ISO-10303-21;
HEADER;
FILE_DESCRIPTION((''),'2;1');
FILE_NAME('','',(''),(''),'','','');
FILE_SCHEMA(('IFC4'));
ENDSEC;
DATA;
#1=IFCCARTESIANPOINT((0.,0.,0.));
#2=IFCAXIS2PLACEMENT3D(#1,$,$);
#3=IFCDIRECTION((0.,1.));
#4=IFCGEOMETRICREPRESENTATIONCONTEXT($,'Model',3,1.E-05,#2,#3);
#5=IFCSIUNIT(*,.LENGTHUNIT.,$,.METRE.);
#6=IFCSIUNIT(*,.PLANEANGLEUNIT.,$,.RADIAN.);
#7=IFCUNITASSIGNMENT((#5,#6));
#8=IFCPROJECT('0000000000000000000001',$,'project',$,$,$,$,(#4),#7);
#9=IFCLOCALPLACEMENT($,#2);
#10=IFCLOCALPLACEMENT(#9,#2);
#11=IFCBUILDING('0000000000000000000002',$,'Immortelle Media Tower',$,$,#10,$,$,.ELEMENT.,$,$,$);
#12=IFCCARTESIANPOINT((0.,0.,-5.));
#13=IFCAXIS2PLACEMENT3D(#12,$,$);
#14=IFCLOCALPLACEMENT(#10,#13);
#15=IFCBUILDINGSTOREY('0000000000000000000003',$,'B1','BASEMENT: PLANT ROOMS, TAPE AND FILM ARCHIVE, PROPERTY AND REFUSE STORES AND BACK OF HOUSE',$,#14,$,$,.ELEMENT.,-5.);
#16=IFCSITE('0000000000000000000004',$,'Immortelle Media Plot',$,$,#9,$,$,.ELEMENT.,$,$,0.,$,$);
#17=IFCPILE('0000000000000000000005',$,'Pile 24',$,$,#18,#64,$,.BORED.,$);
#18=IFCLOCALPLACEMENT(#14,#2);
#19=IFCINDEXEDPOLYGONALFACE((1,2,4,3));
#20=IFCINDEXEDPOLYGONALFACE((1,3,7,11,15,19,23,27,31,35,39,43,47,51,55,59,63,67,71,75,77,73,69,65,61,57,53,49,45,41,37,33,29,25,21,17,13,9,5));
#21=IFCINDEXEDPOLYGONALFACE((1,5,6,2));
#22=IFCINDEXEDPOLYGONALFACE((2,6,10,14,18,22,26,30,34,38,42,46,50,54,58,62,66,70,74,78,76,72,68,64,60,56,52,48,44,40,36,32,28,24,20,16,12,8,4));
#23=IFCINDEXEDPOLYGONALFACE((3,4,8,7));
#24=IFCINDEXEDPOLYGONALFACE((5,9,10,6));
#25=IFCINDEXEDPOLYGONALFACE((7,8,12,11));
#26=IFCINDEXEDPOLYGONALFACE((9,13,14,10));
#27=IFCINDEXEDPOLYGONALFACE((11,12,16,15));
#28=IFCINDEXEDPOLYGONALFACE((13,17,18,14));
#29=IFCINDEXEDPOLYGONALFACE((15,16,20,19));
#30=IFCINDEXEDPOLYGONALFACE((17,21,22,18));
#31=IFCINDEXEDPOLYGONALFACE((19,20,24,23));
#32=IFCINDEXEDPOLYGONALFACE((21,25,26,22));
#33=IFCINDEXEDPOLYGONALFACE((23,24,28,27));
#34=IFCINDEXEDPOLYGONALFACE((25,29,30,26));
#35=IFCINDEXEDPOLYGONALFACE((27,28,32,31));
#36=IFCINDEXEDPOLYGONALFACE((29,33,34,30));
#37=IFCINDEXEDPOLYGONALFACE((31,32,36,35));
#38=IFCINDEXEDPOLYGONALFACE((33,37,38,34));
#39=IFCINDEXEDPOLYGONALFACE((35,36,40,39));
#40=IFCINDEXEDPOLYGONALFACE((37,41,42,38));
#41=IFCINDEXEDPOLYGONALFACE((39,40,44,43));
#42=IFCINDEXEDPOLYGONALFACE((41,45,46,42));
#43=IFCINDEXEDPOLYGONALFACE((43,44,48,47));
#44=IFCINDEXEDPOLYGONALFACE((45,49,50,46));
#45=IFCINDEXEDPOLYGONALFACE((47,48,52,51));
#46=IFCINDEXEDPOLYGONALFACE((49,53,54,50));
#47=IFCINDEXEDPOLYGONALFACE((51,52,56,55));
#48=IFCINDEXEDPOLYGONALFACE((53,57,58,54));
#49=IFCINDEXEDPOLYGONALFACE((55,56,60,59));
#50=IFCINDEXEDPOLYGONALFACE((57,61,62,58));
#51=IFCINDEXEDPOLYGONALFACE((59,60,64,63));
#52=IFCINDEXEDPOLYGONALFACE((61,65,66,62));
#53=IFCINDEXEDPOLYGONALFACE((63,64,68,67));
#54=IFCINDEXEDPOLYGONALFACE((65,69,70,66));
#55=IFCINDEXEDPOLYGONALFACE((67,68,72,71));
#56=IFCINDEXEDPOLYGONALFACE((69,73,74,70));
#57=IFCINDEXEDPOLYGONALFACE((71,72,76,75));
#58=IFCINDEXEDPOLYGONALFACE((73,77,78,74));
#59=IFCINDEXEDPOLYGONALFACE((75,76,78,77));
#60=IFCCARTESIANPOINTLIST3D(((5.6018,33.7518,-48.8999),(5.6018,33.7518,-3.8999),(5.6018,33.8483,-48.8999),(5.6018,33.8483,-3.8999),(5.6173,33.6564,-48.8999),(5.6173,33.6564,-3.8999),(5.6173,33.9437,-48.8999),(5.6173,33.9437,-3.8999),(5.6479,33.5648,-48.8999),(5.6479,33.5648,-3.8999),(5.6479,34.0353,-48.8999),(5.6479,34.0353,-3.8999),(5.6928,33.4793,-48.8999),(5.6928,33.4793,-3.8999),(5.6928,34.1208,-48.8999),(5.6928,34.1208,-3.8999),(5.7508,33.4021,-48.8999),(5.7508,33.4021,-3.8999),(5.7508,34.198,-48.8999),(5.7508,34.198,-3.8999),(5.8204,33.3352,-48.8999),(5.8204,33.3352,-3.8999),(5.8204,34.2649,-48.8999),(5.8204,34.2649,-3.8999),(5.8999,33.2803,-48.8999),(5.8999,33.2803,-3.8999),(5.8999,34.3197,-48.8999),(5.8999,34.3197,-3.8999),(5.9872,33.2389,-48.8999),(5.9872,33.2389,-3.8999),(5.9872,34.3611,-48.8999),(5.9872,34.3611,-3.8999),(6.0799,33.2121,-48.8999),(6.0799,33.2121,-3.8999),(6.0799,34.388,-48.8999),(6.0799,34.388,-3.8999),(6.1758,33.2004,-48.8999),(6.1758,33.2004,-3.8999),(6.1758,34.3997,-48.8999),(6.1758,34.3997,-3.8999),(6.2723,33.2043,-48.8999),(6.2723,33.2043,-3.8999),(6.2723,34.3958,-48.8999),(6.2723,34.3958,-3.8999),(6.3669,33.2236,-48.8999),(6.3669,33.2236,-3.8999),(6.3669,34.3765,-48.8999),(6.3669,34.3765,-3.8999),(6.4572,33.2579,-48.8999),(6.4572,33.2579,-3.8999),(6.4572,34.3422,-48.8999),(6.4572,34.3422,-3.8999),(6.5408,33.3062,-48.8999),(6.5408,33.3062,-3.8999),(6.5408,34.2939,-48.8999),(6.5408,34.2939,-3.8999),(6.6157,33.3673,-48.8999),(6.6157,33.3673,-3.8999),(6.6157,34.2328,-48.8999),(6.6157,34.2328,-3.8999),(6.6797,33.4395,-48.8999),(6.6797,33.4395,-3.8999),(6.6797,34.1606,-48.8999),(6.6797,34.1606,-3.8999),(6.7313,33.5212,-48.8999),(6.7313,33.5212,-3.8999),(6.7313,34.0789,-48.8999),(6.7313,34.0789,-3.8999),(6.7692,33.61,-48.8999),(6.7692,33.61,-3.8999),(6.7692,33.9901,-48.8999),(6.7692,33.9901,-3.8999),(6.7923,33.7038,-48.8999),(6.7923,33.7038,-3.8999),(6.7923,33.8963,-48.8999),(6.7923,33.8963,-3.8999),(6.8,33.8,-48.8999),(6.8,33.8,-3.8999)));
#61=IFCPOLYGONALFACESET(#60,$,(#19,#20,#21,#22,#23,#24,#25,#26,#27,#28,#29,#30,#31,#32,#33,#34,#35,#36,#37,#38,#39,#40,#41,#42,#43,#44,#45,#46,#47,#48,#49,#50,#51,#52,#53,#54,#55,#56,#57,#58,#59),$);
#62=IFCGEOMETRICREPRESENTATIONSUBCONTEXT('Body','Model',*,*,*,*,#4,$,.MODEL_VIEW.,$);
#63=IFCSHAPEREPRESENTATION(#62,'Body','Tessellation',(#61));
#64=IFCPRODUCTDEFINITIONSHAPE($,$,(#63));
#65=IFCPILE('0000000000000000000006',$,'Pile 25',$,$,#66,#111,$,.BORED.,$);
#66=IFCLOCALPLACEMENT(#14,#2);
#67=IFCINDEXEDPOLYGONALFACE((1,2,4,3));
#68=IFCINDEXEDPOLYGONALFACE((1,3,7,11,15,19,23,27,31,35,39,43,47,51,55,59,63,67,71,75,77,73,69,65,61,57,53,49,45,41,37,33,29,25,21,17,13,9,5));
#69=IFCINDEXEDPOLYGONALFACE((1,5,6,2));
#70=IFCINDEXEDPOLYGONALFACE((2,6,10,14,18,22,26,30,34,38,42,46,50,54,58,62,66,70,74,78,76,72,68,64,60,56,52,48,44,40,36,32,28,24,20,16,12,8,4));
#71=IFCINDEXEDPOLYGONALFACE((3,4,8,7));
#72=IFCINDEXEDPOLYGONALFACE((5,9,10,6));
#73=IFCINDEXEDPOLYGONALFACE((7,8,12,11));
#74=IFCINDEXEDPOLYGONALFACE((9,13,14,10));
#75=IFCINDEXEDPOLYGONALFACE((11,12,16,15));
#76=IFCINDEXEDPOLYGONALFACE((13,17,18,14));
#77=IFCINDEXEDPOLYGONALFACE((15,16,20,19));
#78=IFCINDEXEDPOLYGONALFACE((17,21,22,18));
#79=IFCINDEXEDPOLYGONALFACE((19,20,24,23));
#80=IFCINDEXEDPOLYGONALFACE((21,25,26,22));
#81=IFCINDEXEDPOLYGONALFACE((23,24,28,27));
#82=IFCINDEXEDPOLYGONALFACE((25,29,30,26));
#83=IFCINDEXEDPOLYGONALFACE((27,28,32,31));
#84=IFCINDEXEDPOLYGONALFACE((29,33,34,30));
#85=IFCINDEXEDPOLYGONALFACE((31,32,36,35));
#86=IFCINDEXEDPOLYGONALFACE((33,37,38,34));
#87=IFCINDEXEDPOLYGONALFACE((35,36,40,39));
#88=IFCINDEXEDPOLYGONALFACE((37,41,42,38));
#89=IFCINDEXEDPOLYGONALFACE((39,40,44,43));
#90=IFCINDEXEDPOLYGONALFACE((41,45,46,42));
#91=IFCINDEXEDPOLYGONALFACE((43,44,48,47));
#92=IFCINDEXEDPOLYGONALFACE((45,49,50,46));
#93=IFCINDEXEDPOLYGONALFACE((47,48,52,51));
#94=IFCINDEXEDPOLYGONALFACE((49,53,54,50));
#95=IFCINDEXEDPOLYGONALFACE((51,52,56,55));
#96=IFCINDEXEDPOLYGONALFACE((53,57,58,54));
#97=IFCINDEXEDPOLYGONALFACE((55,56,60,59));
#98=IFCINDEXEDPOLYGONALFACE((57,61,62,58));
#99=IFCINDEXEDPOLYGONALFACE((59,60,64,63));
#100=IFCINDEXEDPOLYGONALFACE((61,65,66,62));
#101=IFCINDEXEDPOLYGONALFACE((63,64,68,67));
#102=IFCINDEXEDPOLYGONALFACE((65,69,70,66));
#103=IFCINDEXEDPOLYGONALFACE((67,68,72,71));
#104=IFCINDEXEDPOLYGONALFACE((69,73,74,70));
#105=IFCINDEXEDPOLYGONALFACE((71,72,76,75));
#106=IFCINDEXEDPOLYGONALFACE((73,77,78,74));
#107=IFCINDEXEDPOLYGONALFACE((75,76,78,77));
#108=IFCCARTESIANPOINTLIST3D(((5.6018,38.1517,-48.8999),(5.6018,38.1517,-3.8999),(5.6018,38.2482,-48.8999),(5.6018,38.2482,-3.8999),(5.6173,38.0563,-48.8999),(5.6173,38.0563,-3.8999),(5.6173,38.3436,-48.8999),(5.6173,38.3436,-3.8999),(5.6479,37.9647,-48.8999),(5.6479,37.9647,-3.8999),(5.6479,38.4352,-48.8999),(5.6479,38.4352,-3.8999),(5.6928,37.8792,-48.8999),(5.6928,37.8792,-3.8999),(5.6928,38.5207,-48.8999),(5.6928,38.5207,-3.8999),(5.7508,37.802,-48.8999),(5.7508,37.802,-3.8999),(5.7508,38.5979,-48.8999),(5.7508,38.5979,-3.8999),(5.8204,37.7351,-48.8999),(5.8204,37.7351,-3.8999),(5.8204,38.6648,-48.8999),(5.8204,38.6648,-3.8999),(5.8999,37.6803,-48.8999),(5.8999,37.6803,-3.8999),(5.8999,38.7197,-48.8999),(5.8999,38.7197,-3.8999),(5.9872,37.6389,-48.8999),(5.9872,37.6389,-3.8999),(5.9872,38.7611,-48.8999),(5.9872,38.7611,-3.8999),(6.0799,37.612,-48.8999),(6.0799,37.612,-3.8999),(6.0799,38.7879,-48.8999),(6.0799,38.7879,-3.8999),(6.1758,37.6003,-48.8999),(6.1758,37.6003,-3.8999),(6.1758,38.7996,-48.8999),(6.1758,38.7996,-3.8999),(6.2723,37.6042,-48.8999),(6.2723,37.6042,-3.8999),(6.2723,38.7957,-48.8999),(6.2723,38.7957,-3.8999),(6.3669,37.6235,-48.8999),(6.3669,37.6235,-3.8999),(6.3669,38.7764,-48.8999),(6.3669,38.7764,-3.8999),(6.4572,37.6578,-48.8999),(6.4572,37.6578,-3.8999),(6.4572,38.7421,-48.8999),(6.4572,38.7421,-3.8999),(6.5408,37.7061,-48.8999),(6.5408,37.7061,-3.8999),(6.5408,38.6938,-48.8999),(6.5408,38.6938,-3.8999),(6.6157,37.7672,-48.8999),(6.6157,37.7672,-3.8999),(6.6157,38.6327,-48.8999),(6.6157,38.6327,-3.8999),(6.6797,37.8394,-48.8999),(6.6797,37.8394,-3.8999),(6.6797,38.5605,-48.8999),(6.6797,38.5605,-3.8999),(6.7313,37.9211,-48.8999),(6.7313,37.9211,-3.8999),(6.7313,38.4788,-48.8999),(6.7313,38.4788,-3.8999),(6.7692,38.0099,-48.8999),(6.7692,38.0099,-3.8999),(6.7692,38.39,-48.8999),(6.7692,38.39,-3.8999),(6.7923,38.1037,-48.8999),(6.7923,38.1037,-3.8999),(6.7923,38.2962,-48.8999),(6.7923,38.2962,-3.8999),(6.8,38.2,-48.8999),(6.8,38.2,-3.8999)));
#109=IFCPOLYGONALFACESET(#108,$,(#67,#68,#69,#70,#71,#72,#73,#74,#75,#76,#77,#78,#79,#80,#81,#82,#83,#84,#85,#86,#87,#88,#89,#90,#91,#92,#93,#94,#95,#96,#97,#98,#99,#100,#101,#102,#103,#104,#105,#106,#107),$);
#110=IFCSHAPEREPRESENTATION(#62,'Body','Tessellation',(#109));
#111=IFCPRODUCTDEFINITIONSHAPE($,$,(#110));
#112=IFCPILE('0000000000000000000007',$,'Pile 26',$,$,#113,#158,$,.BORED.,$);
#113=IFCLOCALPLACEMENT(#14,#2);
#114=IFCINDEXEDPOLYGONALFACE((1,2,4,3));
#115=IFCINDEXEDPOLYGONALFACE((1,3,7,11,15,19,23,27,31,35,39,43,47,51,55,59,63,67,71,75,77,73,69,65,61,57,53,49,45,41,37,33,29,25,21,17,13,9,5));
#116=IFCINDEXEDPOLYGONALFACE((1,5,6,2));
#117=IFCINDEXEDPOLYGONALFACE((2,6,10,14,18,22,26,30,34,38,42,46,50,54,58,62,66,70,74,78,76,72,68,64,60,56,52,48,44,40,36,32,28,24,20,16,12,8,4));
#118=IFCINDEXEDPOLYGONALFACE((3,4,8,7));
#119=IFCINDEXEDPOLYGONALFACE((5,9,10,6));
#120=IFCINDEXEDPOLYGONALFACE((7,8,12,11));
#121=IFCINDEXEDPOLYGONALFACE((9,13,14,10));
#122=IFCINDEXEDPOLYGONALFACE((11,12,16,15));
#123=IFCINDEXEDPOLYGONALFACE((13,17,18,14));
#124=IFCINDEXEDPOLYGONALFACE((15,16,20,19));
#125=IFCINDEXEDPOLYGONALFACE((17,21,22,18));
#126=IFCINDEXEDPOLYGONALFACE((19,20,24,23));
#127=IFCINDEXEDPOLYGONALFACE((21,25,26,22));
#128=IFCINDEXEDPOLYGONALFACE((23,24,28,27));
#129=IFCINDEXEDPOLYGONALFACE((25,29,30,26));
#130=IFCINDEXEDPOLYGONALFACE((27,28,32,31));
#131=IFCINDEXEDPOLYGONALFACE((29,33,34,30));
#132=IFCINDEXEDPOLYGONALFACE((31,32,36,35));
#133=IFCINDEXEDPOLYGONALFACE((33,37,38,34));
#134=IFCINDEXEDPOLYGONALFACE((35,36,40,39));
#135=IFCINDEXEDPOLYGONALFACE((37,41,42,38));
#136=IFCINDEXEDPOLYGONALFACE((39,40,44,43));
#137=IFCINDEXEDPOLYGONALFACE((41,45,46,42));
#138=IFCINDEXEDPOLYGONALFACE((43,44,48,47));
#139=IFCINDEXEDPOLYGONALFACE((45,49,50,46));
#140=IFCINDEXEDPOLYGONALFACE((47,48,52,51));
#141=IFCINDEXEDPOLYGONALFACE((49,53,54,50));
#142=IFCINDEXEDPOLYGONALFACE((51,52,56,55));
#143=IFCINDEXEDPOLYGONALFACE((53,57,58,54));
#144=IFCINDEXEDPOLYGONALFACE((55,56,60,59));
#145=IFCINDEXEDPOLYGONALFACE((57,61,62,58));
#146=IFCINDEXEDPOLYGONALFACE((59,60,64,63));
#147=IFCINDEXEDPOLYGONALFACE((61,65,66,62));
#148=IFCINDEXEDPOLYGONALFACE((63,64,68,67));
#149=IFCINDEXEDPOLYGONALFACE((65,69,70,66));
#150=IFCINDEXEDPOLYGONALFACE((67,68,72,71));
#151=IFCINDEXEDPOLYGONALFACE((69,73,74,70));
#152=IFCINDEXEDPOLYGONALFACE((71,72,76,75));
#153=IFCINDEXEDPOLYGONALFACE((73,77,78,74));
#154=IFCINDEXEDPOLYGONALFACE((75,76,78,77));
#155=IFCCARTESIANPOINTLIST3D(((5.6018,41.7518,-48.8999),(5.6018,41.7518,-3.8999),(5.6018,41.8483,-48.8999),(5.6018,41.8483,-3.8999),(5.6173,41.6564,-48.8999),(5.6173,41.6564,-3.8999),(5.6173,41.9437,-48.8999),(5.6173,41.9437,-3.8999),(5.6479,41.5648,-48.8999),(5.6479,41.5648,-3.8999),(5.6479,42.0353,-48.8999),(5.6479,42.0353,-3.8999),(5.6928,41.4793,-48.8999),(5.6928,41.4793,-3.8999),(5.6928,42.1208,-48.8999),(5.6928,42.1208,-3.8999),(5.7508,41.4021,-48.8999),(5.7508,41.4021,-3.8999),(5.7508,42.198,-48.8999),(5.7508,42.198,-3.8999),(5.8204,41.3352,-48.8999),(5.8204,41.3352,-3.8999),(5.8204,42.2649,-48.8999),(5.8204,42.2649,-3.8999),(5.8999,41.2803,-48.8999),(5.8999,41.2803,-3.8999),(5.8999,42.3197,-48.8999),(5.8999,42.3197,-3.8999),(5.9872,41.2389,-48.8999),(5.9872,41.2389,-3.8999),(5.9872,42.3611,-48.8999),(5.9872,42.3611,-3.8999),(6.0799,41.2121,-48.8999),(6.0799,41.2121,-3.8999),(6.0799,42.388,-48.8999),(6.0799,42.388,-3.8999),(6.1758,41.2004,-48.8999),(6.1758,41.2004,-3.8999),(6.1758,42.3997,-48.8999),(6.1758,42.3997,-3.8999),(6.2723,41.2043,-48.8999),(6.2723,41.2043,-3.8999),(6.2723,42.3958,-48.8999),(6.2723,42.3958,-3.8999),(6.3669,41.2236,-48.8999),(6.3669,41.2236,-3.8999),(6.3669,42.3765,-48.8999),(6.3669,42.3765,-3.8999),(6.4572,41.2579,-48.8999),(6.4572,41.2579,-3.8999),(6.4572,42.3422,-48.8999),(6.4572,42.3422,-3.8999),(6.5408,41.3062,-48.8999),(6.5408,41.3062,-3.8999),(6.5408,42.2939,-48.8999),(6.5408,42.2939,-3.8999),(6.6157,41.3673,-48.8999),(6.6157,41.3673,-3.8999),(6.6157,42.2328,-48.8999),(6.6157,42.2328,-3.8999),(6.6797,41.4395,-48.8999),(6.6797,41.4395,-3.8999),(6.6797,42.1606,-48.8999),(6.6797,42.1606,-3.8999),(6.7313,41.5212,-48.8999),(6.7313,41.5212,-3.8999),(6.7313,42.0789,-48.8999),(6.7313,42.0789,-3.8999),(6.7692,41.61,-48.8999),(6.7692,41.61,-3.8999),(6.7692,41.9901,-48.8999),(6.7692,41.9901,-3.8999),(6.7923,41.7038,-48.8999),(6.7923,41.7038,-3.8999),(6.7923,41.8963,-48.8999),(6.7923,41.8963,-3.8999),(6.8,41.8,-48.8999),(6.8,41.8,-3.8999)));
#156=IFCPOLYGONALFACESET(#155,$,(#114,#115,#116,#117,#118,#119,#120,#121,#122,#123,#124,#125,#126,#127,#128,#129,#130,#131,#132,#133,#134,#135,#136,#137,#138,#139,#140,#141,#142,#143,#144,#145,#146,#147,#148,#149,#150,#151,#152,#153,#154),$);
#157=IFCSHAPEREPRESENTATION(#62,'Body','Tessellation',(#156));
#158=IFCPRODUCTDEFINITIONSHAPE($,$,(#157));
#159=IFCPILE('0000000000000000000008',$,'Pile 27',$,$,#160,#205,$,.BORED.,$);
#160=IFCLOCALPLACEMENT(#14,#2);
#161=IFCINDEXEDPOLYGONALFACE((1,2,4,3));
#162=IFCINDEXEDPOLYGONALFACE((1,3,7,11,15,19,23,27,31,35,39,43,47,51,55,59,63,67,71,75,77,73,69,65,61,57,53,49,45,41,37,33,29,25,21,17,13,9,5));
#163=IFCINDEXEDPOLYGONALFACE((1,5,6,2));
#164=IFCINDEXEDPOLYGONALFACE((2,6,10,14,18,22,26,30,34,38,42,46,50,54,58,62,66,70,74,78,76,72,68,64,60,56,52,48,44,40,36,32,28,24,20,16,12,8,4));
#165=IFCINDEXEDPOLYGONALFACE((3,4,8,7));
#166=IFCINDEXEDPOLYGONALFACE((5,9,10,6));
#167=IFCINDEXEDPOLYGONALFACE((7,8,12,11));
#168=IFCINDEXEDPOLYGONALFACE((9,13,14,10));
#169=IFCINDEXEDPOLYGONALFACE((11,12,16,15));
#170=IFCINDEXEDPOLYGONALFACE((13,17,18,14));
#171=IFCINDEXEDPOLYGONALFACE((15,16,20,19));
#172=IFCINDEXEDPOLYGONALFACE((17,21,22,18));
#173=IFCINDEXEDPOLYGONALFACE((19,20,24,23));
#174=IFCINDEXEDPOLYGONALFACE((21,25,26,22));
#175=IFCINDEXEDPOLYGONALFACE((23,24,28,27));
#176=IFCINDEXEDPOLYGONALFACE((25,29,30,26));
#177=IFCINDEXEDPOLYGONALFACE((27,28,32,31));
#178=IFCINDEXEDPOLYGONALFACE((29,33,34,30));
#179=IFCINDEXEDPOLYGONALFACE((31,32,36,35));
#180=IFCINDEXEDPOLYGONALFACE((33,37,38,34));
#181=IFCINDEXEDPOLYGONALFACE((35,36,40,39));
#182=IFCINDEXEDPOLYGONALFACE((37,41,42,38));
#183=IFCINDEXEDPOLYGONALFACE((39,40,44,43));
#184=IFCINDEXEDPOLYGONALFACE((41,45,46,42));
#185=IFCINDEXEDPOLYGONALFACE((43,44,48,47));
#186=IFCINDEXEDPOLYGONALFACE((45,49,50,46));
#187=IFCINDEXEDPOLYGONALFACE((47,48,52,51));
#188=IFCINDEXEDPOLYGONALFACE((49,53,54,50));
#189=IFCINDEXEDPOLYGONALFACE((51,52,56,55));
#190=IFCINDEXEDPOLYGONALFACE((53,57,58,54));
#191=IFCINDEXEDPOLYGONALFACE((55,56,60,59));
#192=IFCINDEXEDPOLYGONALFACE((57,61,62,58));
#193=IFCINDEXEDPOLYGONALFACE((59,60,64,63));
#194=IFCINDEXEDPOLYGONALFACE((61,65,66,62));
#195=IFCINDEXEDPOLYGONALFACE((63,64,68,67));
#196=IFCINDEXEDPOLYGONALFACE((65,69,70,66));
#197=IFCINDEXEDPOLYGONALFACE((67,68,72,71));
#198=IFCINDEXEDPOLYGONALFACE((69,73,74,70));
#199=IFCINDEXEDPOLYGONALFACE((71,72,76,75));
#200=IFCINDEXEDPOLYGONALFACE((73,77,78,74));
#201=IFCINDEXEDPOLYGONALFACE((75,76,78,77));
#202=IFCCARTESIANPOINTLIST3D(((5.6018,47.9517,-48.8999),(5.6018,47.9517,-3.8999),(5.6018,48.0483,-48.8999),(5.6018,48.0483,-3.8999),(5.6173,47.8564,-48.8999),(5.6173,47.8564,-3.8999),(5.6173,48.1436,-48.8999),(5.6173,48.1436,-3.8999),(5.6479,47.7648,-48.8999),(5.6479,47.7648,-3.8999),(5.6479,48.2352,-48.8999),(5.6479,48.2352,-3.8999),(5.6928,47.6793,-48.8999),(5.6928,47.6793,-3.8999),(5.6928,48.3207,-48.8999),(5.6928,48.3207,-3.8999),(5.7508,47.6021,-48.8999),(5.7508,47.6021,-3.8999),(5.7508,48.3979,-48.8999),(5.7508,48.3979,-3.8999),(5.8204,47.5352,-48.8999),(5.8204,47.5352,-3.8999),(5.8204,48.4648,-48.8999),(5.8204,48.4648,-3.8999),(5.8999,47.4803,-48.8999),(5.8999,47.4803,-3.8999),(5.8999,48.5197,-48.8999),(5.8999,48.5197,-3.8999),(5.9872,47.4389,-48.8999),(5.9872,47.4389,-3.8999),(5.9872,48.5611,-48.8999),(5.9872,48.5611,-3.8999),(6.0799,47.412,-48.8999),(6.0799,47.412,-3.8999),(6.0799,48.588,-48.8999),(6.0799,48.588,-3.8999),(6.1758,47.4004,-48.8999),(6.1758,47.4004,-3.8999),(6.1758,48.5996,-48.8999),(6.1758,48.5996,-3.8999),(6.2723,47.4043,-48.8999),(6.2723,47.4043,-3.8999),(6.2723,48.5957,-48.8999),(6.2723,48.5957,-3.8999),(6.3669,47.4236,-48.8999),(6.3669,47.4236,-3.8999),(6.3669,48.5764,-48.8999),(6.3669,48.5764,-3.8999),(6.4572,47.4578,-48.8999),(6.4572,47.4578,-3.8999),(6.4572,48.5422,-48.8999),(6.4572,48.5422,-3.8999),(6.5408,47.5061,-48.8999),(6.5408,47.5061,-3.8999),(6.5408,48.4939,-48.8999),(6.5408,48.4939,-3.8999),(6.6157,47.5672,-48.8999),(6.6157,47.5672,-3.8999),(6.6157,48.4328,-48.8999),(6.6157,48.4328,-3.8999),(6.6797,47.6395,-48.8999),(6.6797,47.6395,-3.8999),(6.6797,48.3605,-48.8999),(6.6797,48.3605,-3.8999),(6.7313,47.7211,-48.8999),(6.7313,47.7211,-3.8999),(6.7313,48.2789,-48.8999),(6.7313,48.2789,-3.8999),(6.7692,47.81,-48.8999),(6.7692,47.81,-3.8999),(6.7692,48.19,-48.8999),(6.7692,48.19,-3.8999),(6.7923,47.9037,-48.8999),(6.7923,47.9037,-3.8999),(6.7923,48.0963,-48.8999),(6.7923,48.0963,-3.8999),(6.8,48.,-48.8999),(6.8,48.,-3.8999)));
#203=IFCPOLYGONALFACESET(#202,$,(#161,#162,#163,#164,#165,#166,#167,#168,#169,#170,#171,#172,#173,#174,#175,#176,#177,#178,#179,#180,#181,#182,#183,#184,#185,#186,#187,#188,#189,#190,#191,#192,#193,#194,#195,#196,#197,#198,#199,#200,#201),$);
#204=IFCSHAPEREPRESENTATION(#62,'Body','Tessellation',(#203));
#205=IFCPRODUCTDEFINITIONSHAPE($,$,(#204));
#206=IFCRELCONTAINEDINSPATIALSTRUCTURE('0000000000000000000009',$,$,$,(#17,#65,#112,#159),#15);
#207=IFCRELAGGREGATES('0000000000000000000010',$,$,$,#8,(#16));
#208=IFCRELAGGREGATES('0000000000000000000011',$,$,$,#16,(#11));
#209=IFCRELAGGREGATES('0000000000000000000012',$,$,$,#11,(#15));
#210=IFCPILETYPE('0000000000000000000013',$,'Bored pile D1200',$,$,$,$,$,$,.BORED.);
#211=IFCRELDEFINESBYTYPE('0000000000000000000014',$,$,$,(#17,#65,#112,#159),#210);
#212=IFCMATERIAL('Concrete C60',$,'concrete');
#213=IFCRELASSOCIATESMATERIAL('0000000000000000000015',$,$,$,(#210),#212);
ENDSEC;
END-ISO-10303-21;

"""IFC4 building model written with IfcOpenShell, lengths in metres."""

from ifc_helpers import new_model, si_unit, direction, frame, origin, origin_2d, place, context, subcontext, project, spatial, circle, extrude, material, material_profile, profile_set, type_object, element, save


model = new_model("IFC4")

# Units and contexts
model_context = context("Model", 3, precision=1e-05, world=origin(), true_north=direction((0.0, 1.0)))
body_context = subcontext(model_context, "Body", "Model", "MODEL_VIEW")
ifc_project = project(units=[si_unit("LENGTHUNIT", "METRE"), si_unit("PLANEANGLEUNIT", "RADIAN")], contexts=[model_context])

# Site, building, storey
site_placement = place(None, origin())
site = spatial("IfcSite", under=ifc_project, at=site_placement, Name="Immortelle Media Plot", CompositionType="ELEMENT", RefElevation=0.0)
building_placement = place(site_placement, origin())
building = spatial("IfcBuilding", under=site, at=building_placement, Name="Immortelle Media Tower", CompositionType="ELEMENT")
storey_placement = place(building_placement, frame((0.0, 0.0, -5.0)))
storey = spatial("IfcBuildingStorey", under=building, at=storey_placement, Name="B1", Description="BASEMENT: PLANT ROOMS, TAPE AND FILM ARCHIVE, PROPERTY AND REFUSE STORES AND BACK OF HOUSE", CompositionType="ELEMENT", Elevation=-5.0)

# Piles
ifc_material_1 = material(Name="Concrete C60", Category="concrete")
ifc_material_profile_1 = material_profile(ifc_material_1, circle(Radius=0.6001, at=origin_2d()), Name="Bored pile D1200")
ifc_profile_set_1 = profile_set([ifc_material_profile_1], Name="Concrete C60")
pile_type = type_object("IfcPileType", Name="Bored pile D1200", PredefinedType="BORED", material=ifc_profile_set_1)
for number, where, z_axis, x_axis, name in (
    (1, (6.2, 33.8, -3.8999), (0.0, 0.0, -1.0), (1.0, 0.0, 0.0), "Pile 24"),
    (2, (6.2, 38.2, -3.8999), (0.0, 0.0, -1.0), (1.0, 0.0, 0.0), "Pile 25"),
    (3, (6.2, 41.8, -3.8999), (0.0, 0.0, -1.0), (1.0, 0.0, 0.0), "Pile 26"),
    (4, (6.2, 48.0, -3.8999), (0.0, 0.0, -1.0), (1.0, 0.0, 0.0), "Pile 27"),
):
    element("IfcPile", number, at=place(storey_placement, frame(where, z_axis=z_axis, x_axis=x_axis)), inside=storey, type_object=pile_type, Name=name, PredefinedType="BORED", context=body_context, shape_type="SweptSolid", body=[
        extrude(circle(Radius=0.6001, at=origin_2d()), origin(), (0.0, 0.0, 1.0), 45.0),
    ])

save(model, "model.ifc")
